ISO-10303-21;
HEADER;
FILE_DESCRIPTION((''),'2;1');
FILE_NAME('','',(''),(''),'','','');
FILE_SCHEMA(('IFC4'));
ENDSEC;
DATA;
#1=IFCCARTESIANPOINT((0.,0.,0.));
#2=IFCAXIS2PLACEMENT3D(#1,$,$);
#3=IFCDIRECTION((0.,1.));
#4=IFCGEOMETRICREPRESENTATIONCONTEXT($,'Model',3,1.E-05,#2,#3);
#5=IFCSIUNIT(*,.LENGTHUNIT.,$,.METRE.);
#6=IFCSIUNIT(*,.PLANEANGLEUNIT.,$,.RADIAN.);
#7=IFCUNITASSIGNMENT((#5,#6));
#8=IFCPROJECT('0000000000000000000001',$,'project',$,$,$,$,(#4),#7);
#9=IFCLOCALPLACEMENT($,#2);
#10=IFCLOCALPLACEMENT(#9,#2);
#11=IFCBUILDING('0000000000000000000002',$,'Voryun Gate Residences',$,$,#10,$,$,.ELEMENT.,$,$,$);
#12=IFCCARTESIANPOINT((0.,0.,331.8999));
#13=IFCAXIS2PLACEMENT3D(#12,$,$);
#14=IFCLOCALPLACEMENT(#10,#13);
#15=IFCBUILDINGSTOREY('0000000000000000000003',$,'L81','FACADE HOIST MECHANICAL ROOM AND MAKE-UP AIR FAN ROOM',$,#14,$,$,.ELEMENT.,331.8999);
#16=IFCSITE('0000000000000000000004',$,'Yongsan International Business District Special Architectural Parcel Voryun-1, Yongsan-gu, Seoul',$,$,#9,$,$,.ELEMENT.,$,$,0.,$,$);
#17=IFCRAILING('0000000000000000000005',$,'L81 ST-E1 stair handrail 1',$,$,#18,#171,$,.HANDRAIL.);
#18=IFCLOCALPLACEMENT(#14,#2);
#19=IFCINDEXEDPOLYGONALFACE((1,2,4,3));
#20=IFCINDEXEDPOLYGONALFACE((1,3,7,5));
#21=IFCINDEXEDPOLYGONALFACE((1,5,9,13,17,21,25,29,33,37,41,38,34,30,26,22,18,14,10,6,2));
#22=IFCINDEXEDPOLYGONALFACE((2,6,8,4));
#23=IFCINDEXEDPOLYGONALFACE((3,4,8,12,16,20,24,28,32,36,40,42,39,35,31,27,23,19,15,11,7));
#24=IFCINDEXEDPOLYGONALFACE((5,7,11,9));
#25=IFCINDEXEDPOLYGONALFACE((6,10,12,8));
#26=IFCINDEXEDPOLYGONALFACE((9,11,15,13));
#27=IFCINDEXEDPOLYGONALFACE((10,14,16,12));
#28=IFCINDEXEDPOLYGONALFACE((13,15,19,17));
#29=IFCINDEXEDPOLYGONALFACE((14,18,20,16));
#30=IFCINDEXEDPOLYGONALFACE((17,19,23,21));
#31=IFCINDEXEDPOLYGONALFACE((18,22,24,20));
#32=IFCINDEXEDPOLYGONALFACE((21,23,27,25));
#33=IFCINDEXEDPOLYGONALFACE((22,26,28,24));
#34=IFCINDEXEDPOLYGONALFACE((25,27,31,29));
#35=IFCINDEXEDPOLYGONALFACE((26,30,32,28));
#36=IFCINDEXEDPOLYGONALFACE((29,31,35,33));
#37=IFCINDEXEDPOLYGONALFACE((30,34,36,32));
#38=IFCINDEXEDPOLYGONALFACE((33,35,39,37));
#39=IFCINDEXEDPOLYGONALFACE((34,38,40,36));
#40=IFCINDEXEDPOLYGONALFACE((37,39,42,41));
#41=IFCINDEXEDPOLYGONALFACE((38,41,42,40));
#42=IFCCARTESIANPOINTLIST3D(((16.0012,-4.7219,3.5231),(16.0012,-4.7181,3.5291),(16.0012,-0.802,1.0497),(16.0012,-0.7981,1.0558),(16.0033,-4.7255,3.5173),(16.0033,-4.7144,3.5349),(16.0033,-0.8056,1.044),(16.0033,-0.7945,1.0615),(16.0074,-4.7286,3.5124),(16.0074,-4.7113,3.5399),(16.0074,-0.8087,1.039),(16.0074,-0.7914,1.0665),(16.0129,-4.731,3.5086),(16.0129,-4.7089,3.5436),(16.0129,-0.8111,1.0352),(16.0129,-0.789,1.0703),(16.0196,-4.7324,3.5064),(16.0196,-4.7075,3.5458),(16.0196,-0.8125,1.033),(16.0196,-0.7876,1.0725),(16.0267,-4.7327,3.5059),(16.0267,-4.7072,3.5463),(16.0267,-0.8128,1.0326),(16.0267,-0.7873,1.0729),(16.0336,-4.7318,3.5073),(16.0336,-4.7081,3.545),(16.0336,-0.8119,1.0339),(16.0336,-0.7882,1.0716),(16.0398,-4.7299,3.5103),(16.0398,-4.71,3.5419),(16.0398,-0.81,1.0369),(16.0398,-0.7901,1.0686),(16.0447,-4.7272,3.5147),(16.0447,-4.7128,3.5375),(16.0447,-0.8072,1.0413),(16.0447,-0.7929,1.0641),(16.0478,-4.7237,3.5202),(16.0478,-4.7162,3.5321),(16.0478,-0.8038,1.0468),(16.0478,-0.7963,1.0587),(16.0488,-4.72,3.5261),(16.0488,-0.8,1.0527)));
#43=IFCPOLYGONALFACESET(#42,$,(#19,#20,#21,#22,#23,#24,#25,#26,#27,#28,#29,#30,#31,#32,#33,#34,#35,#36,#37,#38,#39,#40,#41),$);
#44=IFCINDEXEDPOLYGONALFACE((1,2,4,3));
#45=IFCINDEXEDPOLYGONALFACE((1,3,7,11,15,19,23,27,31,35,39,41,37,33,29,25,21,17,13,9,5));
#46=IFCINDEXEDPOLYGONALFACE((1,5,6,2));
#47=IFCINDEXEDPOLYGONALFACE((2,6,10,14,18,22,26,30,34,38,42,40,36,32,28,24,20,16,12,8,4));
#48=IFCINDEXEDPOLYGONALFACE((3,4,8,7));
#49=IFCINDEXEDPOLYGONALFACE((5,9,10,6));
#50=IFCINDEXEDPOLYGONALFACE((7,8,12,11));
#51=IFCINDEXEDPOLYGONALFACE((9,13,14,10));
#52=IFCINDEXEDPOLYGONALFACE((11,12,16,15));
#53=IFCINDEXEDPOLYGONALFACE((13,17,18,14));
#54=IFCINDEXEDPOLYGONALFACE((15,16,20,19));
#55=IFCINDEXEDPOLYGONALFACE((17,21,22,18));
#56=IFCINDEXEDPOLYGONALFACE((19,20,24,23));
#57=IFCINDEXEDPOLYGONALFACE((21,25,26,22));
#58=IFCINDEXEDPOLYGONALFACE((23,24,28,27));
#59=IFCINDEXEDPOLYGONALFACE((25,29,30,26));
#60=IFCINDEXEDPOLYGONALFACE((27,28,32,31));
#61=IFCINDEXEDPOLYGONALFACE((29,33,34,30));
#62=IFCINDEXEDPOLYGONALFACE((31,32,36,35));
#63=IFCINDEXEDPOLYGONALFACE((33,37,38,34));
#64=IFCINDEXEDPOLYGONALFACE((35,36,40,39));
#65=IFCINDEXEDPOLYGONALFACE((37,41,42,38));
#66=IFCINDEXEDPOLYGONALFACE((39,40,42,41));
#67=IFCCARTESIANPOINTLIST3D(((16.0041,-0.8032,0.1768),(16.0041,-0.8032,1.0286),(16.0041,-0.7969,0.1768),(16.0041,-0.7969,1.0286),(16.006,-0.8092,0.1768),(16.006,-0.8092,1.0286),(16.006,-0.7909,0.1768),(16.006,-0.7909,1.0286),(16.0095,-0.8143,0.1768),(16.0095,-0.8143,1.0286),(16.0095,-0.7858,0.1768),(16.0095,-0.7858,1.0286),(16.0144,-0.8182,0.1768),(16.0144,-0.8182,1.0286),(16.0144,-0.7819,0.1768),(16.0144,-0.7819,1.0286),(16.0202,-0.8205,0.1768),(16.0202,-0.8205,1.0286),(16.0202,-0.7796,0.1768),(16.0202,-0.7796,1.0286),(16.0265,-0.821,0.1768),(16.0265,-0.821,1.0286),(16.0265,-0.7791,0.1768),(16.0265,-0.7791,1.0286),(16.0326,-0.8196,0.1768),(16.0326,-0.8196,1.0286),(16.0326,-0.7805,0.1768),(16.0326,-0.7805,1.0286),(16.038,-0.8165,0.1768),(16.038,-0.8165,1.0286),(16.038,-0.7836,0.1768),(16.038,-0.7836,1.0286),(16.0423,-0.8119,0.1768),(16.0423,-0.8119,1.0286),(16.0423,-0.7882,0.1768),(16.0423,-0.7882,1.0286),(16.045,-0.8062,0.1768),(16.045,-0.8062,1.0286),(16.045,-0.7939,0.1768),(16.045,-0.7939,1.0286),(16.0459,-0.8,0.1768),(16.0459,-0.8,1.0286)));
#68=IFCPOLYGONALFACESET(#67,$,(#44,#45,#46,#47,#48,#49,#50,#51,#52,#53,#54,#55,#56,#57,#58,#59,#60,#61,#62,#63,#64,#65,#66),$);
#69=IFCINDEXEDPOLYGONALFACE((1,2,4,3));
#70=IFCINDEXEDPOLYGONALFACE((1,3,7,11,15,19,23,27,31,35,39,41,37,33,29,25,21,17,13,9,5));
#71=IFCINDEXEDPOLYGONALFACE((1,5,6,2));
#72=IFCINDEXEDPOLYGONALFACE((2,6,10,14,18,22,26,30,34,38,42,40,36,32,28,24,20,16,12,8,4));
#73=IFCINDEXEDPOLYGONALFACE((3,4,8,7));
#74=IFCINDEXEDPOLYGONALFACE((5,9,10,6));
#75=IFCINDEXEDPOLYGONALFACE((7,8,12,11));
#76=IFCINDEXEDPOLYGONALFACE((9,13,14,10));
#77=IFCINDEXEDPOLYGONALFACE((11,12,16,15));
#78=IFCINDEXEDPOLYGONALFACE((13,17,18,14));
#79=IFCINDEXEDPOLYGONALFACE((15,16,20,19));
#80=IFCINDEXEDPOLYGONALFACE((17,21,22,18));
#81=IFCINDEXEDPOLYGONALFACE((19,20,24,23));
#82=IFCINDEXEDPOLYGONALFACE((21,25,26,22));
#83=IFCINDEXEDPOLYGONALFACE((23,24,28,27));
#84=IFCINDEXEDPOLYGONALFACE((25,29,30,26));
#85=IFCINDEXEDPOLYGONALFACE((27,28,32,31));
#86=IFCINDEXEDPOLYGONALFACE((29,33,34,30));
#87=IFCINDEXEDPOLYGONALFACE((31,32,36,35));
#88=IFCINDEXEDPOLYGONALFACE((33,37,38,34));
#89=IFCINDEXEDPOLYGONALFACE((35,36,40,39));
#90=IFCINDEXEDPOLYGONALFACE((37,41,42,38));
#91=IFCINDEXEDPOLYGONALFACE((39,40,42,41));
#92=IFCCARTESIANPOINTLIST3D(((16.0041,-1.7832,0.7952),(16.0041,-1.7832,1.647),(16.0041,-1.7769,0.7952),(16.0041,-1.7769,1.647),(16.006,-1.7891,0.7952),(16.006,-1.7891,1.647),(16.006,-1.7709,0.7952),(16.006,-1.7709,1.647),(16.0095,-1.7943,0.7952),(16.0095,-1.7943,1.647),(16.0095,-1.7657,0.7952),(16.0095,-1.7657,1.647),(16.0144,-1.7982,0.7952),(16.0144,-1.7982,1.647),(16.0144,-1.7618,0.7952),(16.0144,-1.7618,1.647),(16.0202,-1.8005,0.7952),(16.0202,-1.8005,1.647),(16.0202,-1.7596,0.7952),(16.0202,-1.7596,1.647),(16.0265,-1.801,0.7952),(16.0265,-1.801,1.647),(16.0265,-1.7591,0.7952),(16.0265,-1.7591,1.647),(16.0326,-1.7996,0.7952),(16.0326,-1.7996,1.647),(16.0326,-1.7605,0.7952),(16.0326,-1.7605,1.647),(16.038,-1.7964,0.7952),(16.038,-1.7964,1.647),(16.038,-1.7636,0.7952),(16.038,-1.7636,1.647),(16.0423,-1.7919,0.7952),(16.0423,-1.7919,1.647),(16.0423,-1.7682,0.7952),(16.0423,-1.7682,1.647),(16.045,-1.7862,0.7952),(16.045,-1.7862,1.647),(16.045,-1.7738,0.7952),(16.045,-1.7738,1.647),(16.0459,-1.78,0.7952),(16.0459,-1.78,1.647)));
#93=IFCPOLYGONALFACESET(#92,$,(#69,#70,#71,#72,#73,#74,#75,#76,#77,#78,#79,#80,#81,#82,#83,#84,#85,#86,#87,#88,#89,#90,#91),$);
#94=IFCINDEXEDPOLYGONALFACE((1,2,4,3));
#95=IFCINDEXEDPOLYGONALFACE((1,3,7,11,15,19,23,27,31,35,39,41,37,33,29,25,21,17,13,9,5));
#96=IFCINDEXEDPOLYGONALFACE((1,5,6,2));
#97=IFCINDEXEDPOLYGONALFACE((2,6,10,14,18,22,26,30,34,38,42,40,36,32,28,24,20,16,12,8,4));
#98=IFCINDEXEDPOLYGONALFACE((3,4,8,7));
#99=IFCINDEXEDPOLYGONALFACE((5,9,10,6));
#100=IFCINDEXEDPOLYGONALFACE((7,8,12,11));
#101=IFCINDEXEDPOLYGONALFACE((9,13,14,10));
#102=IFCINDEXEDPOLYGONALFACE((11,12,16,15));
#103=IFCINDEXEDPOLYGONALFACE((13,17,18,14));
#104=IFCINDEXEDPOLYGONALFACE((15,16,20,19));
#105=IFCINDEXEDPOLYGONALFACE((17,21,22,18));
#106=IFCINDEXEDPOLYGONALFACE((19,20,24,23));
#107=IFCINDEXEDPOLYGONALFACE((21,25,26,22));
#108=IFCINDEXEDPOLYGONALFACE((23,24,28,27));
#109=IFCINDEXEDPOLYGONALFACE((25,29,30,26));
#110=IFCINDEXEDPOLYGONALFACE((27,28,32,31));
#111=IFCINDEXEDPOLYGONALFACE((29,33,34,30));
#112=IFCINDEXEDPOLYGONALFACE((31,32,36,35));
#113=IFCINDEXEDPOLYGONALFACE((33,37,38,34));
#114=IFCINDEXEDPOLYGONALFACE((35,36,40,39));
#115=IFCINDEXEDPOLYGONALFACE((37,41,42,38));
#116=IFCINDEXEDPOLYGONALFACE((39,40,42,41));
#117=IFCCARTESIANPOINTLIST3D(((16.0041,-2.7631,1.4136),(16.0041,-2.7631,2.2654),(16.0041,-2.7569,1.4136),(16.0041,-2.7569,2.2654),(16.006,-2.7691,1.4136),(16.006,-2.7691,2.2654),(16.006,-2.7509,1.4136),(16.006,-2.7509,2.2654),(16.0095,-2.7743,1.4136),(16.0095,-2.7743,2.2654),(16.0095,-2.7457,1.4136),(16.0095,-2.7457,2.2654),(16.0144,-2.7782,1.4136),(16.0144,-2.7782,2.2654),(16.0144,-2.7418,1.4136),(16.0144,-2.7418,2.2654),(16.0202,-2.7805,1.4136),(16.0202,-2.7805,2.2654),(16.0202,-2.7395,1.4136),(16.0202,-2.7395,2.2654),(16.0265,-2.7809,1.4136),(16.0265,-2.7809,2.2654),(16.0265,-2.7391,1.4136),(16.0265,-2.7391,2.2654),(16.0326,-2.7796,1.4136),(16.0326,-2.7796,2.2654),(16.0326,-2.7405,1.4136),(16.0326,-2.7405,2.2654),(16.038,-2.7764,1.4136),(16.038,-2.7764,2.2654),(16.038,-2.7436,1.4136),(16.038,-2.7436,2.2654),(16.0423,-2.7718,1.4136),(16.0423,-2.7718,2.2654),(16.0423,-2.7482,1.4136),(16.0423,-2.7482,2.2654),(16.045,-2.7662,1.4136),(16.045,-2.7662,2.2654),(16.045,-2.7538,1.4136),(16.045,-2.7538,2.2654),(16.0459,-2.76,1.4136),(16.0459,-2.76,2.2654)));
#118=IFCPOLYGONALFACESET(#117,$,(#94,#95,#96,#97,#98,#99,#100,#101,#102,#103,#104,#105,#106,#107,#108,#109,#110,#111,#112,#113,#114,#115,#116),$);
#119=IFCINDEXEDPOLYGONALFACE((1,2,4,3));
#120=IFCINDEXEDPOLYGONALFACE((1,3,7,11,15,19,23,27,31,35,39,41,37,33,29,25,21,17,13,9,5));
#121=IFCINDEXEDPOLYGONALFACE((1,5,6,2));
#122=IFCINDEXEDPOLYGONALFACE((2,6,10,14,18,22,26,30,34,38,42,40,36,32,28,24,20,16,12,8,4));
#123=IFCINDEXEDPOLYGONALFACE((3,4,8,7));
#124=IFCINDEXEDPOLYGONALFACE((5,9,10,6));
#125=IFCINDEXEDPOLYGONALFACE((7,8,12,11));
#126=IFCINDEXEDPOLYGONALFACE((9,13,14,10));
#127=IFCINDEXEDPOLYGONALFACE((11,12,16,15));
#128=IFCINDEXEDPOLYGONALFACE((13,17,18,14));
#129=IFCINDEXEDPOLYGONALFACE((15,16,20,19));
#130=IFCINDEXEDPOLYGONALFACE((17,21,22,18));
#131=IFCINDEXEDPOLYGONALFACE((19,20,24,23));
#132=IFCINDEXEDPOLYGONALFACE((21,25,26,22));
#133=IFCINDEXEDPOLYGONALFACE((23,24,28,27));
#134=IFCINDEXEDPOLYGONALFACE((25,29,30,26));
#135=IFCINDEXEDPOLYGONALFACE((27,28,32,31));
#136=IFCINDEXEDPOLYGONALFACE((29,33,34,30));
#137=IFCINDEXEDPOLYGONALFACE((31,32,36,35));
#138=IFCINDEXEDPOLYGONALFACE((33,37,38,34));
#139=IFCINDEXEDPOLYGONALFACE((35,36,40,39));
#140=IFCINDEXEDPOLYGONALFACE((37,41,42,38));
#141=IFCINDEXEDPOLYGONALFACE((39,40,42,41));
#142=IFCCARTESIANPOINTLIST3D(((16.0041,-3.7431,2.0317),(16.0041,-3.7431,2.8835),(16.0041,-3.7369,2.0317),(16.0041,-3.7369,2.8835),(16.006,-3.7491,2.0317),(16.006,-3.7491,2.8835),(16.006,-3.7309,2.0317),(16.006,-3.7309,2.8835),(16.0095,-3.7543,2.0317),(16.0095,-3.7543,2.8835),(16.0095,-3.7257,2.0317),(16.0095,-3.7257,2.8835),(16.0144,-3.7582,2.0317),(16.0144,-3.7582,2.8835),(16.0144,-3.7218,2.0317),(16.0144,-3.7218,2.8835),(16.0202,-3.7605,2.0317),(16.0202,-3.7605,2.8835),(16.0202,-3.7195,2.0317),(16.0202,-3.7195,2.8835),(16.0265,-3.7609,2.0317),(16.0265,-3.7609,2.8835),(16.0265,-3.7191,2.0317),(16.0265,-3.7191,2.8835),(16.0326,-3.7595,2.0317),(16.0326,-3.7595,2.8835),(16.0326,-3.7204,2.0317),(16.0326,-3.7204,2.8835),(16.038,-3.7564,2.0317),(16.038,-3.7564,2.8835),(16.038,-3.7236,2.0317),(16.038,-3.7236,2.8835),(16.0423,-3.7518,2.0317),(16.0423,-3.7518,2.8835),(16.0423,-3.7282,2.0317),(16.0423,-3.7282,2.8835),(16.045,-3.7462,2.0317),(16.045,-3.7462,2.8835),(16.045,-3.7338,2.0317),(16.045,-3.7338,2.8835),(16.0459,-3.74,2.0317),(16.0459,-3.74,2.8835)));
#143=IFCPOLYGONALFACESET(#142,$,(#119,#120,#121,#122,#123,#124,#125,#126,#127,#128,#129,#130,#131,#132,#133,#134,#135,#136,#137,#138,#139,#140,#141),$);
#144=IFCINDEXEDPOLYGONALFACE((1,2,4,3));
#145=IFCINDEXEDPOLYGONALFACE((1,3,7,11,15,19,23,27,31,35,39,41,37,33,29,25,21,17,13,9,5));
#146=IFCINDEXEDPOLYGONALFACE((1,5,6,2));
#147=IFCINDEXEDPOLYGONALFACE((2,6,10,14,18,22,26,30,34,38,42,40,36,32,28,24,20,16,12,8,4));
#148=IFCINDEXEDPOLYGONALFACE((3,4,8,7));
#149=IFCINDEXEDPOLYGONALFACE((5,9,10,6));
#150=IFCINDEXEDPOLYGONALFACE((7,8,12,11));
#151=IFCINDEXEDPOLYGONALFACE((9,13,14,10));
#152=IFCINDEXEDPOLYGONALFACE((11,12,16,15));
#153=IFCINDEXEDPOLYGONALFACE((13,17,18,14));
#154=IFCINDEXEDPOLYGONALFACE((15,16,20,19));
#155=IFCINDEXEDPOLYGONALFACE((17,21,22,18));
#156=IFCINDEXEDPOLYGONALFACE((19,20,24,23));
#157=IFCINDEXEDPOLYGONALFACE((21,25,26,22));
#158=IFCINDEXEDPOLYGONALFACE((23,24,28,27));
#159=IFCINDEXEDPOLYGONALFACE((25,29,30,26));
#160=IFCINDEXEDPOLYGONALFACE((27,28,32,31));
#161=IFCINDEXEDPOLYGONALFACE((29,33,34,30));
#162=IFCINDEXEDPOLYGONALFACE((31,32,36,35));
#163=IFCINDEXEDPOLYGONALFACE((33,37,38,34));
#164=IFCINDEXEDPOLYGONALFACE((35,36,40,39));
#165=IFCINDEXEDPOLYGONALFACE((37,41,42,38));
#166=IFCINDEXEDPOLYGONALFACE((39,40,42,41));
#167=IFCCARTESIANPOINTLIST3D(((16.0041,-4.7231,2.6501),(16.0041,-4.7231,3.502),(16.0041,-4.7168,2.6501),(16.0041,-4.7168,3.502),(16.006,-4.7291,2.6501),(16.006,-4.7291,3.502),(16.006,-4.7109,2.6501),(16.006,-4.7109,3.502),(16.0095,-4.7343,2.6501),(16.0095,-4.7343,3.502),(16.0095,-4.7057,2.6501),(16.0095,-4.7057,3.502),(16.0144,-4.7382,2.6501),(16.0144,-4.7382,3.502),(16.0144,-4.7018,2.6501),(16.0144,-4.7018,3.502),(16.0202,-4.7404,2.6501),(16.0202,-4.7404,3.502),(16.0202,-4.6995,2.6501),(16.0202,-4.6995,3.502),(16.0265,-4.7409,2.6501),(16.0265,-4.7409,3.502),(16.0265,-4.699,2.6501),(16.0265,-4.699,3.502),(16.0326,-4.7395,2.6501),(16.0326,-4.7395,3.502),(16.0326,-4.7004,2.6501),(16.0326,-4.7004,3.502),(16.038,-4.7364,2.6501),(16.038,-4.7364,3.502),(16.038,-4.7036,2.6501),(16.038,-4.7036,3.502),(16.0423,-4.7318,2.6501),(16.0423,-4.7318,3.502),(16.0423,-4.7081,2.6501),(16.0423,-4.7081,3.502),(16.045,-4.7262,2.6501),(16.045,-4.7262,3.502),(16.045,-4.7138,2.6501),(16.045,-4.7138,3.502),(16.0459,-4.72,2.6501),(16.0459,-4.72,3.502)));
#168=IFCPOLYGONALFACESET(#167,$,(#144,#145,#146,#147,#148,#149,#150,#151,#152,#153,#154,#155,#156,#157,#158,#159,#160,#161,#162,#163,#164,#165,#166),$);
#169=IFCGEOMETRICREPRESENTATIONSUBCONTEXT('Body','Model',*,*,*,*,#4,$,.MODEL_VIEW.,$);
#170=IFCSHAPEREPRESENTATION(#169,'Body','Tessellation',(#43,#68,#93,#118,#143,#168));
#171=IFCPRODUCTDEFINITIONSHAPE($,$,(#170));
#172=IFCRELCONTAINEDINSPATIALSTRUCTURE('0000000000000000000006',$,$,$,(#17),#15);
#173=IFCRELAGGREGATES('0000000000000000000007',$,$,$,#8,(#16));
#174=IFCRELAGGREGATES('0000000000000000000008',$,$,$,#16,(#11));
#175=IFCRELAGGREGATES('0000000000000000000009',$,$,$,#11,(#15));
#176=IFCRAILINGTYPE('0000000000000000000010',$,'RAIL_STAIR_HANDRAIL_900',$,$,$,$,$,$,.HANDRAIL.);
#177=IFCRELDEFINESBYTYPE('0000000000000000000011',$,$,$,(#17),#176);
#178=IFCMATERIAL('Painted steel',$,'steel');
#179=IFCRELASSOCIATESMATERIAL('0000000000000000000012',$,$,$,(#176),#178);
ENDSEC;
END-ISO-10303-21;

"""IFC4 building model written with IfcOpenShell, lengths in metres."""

from ifc_helpers import new_model, si_unit, direction, frame, origin, origin_2d, place, context, subcontext, project, spatial, circle, extrude, material, type_object, element, save


model = new_model("IFC4")

# Units and contexts
model_context = context("Model", 3, precision=1e-05, world=origin(), true_north=direction((0.0, 1.0)))
body_context = subcontext(model_context, "Body", "Model", "MODEL_VIEW")
ifc_project = project(units=[si_unit("LENGTHUNIT", "METRE"), si_unit("PLANEANGLEUNIT", "RADIAN")], contexts=[model_context])

# Site, building, storey
site_placement = place(None, origin())
site = spatial("IfcSite", under=ifc_project, at=site_placement, Name="Yongsan International Business District Special Architectural Parcel Voryun-1, Yongsan-gu, Seoul", CompositionType="ELEMENT", RefElevation=0.0)
building_placement = place(site_placement, origin())
building = spatial("IfcBuilding", under=site, at=building_placement, Name="Voryun Gate Residences", CompositionType="ELEMENT")
storey_placement = place(building_placement, frame((0.0, 0.0, 331.8999)))
storey = spatial("IfcBuildingStorey", under=building, at=storey_placement, Name="L81", Description="FACADE HOIST MECHANICAL ROOM AND MAKE-UP AIR FAN ROOM", CompositionType="ELEMENT", Elevation=331.8999)

# Railing
ifc_material_1 = material(Name="Painted steel", Category="steel")
railing_type_1 = type_object("IfcRailingType", Name="RAIL_STAIR_HANDRAIL_900", PredefinedType="HANDRAIL", material=ifc_material_1)
railing_1_placement = place(storey_placement, frame((16.0249, -0.8, 0.1768)))
element("IfcRailing", 1, at=railing_1_placement, inside=storey, type_object=railing_type_1, Name="L81 ST-E1 stair handrail 1", PredefinedType="HANDRAIL", context=body_context, shape_type="SweptSolid", body=[
    extrude(circle(Radius=0.0239, at=origin_2d()), frame((0.0, 0.0, 0.876), z_axis=(0.0, -0.845718, 0.53363), x_axis=(1.0, 0.0, 0.0)), (0.0, 0.0, 1.0), 4.635),
    extrude(circle(Radius=0.021, at=origin_2d()), origin(), (0.0, 0.0, 1.0), 0.8518),
    extrude(circle(Radius=0.021, at=origin_2d()), frame((0.0, -0.98, 0.6184)), (0.0, 0.0, 1.0), 0.8518),
    extrude(circle(Radius=0.021, at=origin_2d()), frame((0.0, -1.96, 1.2368)), (0.0, 0.0, 1.0), 0.8518),
    extrude(circle(Radius=0.021, at=origin_2d()), frame((0.0, -2.9399, 1.855)), (0.0, 0.0, 1.0), 0.8518),
    extrude(circle(Radius=0.021, at=origin_2d()), frame((0.0, -3.9199, 2.4734)), (0.0, 0.0, 1.0), 0.8518),
])

save(model, "model.ifc")
